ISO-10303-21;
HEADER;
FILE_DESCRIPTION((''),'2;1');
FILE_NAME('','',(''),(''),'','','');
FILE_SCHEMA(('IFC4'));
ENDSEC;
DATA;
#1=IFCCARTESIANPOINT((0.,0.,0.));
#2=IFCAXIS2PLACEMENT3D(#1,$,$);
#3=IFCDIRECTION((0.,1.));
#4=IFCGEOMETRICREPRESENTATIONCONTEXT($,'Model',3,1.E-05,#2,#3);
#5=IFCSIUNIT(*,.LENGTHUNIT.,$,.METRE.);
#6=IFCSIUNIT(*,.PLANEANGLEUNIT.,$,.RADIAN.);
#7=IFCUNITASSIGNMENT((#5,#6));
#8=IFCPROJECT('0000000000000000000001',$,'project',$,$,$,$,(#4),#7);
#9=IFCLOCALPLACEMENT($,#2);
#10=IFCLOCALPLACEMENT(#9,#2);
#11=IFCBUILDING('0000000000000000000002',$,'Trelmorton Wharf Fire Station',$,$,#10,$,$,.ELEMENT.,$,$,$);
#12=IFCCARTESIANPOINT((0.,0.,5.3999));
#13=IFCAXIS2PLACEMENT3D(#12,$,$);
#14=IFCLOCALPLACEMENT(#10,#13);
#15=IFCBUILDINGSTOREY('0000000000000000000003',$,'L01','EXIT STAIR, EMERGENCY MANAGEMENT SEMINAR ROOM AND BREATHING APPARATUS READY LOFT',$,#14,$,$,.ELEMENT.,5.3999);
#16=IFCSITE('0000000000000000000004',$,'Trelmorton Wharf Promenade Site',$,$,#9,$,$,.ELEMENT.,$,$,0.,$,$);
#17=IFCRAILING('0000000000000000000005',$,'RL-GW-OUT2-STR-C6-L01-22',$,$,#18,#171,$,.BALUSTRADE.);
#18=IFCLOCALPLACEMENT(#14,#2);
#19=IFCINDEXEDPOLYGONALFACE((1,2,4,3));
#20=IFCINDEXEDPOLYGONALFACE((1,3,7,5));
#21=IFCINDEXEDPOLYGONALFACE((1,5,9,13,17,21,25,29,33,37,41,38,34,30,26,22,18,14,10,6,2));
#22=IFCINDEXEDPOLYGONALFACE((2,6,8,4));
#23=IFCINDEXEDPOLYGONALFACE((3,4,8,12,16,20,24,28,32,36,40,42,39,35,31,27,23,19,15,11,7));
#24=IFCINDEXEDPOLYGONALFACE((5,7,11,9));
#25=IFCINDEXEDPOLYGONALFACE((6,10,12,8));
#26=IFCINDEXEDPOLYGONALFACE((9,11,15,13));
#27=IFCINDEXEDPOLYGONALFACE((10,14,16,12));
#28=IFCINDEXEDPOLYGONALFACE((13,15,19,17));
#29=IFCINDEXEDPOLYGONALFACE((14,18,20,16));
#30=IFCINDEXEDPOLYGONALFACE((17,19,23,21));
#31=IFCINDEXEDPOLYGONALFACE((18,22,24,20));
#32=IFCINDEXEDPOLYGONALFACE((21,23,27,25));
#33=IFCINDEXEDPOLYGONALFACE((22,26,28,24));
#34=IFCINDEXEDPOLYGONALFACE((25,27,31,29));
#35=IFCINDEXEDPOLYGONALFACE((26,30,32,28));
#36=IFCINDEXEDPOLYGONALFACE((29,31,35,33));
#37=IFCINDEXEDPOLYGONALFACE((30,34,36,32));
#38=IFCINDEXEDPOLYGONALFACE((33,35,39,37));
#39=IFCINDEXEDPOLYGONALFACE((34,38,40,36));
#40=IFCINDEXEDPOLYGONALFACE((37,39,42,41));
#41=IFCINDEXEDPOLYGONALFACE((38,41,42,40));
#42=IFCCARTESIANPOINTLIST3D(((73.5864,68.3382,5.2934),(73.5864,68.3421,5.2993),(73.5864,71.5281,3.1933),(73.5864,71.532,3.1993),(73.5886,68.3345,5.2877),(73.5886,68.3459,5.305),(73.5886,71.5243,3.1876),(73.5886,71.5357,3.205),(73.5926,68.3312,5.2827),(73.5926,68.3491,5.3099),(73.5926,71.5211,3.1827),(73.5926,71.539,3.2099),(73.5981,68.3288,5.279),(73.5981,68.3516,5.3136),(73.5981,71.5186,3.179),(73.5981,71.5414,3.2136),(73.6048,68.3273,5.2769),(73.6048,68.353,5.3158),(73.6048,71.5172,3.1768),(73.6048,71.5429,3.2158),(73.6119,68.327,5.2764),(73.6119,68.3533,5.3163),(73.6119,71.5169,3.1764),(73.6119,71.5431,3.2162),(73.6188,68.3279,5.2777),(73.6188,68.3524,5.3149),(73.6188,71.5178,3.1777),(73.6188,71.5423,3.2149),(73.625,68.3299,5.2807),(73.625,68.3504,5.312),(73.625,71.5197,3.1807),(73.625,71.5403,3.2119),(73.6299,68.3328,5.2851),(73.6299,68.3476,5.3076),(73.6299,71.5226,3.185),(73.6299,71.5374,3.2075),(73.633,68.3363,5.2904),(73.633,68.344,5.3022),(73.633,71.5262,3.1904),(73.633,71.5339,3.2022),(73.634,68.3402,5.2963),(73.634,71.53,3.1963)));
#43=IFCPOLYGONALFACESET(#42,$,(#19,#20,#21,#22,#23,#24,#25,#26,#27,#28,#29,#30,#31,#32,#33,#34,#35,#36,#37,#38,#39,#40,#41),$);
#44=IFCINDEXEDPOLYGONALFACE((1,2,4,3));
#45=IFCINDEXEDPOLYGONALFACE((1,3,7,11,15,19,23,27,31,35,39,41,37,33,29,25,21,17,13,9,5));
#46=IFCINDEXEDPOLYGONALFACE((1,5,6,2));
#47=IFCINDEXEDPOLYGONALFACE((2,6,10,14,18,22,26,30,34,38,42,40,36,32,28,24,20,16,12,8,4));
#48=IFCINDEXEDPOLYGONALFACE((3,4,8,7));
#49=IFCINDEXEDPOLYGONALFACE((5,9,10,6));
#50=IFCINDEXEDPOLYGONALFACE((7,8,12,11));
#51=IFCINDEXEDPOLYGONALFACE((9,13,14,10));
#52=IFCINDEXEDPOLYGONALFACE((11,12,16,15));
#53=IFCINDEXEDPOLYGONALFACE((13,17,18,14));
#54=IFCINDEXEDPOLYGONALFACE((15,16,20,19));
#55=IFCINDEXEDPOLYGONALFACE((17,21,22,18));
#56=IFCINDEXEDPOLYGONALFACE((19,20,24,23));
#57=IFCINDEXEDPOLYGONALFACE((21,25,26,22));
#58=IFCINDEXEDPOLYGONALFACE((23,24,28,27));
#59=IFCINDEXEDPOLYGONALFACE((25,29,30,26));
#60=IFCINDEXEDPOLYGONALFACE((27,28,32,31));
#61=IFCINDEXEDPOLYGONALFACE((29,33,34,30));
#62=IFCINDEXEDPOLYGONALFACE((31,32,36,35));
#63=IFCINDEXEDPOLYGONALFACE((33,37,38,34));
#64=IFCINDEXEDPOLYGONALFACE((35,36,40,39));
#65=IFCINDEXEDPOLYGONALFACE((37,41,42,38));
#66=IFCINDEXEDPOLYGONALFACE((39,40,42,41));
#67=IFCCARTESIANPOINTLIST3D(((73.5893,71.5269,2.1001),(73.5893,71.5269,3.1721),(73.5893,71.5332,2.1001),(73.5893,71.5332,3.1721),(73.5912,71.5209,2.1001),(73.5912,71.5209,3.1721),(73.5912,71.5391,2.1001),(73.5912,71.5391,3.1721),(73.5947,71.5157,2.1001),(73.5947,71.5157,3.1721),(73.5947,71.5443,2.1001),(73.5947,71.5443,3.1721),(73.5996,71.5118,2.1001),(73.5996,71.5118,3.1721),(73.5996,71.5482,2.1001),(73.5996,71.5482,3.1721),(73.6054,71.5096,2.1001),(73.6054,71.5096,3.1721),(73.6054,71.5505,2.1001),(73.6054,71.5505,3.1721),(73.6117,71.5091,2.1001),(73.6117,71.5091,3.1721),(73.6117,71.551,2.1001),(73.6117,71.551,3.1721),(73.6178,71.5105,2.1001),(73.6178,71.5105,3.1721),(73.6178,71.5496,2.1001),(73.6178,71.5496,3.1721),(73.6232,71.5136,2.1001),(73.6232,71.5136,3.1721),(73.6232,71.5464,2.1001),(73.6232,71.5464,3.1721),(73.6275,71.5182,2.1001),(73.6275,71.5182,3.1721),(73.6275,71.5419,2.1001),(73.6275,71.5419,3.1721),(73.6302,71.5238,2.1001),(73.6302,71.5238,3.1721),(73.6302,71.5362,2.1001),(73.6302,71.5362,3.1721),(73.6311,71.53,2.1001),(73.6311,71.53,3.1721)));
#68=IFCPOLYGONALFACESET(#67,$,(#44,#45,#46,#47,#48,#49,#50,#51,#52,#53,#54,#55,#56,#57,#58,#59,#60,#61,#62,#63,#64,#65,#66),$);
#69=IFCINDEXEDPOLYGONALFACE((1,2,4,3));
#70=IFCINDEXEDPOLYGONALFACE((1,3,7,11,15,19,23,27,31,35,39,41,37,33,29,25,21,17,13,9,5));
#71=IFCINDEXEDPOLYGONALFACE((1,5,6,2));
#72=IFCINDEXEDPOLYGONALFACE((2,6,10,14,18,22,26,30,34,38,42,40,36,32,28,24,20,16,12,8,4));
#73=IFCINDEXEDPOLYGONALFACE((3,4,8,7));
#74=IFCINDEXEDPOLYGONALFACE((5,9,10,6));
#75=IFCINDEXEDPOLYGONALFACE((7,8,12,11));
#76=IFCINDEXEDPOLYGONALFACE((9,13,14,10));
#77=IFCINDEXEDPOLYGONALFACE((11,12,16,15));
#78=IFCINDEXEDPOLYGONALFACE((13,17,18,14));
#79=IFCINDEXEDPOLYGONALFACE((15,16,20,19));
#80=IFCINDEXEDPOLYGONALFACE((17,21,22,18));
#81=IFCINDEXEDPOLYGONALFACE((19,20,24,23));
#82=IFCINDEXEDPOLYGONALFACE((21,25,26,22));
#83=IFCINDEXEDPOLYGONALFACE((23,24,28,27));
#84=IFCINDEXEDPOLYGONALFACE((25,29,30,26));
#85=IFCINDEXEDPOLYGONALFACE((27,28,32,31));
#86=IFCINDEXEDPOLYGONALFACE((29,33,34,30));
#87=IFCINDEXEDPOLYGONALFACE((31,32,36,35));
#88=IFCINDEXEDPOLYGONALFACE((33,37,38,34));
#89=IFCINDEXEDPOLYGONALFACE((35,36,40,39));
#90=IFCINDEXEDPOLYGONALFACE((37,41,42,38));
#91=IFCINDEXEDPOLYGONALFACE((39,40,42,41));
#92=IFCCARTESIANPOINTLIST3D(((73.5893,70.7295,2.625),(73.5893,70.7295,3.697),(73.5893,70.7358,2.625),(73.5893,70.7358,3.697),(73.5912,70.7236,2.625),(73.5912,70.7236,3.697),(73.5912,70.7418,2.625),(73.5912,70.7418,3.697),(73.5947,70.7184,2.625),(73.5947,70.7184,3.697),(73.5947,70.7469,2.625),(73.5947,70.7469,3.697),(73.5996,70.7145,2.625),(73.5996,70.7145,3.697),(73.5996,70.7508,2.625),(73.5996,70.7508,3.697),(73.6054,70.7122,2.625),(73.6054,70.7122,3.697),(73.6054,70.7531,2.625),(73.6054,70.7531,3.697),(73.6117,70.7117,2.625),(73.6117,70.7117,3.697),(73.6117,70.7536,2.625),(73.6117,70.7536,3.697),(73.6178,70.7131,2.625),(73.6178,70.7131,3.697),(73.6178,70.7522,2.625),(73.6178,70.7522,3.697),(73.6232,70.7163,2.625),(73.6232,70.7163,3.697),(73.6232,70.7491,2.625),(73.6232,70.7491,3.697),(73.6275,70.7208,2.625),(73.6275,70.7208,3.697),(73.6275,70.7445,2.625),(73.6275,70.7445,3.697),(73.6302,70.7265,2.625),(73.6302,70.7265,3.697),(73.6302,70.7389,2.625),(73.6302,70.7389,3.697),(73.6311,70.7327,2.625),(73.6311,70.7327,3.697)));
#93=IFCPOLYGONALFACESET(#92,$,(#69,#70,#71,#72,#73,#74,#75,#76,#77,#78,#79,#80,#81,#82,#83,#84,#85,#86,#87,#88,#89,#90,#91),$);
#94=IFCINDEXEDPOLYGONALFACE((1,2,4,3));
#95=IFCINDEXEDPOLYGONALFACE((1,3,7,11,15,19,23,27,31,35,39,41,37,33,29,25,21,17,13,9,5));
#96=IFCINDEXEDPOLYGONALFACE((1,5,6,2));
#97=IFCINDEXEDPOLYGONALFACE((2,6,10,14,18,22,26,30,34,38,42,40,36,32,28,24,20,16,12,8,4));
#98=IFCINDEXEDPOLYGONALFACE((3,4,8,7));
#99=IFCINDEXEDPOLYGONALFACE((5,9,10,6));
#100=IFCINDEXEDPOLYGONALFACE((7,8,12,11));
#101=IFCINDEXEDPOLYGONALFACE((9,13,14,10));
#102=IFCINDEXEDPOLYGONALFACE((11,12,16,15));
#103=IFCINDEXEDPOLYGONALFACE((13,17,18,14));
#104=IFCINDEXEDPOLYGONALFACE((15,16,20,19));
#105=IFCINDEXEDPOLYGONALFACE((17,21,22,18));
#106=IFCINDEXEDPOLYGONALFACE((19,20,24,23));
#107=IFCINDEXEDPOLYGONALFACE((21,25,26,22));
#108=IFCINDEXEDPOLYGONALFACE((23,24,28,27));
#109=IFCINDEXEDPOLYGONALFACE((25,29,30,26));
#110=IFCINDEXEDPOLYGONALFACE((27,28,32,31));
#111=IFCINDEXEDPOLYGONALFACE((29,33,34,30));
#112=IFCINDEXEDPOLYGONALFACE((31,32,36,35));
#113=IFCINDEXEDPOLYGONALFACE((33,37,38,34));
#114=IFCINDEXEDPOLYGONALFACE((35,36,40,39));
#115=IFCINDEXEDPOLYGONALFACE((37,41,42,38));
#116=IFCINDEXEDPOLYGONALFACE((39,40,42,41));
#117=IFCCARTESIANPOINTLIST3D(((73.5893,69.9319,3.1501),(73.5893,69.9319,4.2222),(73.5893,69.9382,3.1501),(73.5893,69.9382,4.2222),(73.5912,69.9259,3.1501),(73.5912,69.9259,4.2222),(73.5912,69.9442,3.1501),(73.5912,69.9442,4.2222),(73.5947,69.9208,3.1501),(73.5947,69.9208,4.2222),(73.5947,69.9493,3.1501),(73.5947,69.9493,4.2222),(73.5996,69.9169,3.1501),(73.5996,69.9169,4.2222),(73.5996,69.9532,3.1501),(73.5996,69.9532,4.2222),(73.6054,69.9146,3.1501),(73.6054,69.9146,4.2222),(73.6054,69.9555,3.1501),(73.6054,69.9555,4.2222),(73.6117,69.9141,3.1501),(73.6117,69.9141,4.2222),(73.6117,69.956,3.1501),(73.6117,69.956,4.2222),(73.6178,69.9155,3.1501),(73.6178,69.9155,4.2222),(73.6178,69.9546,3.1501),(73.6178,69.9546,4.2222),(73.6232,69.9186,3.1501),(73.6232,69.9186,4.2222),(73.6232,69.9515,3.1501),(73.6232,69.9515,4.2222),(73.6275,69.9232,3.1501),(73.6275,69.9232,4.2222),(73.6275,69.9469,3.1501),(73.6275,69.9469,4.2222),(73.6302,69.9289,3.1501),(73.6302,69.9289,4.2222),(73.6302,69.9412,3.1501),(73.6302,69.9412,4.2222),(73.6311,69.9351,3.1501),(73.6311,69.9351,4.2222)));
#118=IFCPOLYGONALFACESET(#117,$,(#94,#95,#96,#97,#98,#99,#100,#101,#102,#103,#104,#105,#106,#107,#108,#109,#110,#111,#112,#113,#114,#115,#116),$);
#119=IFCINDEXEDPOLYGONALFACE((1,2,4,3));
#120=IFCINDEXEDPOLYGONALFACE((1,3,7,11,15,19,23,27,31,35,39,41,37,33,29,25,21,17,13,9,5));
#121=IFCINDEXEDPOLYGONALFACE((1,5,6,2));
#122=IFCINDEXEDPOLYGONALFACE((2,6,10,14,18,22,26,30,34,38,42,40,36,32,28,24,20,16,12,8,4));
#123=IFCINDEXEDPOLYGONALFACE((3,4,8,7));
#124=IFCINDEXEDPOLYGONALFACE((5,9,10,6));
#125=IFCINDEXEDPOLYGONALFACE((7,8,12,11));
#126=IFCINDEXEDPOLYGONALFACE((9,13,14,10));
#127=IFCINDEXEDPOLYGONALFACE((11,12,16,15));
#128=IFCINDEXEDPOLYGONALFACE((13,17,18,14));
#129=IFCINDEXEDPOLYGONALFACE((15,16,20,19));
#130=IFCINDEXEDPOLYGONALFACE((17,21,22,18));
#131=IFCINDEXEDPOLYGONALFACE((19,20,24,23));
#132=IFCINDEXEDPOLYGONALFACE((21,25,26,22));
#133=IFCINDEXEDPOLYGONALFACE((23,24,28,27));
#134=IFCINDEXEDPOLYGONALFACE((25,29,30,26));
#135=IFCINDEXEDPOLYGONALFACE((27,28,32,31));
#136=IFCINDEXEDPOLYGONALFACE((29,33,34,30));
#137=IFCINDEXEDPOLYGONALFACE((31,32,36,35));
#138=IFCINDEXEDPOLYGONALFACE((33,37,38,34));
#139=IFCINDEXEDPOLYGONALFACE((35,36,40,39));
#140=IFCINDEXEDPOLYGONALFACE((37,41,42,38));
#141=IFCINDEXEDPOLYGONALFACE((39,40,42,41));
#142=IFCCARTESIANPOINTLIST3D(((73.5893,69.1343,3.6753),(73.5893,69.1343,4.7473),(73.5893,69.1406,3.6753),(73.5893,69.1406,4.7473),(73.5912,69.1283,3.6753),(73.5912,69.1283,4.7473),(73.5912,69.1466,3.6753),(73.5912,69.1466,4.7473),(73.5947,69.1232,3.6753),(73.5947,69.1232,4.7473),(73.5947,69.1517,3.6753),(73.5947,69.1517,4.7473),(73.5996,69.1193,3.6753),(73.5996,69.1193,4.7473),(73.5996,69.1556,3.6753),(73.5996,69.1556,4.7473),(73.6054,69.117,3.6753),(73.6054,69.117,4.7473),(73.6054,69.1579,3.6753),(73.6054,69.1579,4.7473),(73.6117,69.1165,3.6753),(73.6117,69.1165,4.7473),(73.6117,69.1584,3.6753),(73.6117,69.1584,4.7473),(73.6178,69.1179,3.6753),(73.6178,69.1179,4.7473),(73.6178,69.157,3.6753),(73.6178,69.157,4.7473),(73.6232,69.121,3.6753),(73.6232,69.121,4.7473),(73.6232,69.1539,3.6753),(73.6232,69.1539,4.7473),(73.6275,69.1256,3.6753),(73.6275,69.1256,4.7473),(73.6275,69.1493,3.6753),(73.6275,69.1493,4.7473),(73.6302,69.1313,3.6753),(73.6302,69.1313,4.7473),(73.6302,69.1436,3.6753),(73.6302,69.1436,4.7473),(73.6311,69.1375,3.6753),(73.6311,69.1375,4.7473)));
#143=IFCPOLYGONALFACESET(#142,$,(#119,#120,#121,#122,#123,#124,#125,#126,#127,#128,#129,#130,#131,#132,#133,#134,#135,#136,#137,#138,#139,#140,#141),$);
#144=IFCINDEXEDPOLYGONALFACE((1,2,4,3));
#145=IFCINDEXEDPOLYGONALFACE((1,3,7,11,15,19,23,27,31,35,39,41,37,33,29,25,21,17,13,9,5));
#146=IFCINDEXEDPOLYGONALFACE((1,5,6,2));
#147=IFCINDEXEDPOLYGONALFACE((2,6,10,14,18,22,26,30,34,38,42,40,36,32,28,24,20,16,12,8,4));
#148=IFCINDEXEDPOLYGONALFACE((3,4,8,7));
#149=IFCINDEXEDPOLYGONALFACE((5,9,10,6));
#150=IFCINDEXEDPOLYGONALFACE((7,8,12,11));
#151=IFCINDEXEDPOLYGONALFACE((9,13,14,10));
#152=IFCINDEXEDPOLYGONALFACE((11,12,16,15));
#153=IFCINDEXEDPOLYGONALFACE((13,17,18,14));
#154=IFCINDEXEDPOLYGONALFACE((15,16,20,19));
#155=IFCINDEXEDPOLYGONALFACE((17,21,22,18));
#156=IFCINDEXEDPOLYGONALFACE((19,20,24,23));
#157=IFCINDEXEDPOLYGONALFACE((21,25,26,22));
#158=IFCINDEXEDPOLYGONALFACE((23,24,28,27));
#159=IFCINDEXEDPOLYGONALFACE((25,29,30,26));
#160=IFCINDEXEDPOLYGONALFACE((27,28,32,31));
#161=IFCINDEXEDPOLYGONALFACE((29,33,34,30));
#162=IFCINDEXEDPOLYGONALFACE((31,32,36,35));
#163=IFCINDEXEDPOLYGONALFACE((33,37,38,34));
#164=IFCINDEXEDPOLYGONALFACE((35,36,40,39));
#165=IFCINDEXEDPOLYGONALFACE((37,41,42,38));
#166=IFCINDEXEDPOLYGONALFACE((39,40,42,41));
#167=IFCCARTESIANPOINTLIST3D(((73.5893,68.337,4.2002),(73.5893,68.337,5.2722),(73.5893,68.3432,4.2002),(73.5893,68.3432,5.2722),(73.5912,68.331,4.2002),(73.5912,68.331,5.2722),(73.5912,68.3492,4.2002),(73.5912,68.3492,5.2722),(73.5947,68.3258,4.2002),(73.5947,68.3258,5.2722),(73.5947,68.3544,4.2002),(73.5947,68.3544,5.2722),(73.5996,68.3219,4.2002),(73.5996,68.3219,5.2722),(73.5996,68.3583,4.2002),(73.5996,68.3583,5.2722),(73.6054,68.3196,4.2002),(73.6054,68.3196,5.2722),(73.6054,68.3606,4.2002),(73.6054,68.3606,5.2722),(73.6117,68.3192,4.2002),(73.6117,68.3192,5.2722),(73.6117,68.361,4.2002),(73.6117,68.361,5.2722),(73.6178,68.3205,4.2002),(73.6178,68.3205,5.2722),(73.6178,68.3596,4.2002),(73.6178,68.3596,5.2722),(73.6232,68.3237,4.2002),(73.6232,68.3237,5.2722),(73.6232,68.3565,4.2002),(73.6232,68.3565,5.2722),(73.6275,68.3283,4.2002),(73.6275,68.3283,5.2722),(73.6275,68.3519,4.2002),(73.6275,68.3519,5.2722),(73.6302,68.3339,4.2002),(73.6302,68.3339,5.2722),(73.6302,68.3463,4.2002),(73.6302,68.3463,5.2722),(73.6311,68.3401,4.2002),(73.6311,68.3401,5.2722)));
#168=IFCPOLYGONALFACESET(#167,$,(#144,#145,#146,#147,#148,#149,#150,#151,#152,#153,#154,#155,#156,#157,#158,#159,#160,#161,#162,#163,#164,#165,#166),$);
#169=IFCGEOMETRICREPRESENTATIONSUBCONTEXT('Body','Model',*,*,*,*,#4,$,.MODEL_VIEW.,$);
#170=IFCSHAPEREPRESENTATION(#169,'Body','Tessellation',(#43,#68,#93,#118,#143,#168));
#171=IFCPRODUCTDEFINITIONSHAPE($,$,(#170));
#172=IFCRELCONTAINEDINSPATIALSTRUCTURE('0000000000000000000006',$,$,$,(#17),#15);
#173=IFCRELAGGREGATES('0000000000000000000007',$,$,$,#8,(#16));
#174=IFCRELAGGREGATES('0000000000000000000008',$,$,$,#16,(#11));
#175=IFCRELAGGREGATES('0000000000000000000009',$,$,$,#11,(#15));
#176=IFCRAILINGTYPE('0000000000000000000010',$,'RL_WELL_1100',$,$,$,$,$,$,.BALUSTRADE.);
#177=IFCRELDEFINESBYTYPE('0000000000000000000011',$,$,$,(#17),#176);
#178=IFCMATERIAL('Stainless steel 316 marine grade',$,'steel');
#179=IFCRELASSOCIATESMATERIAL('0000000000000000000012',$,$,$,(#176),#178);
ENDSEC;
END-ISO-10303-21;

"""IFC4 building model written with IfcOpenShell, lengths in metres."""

from ifc_helpers import new_model, si_unit, direction, frame, origin, origin_2d, place, context, subcontext, project, spatial, circle, extrude, material, type_object, element, save


model = new_model("IFC4")

# Units and contexts
model_context = context("Model", 3, precision=1e-05, world=origin(), true_north=direction((0.0, 1.0)))
body_context = subcontext(model_context, "Body", "Model", "MODEL_VIEW")
ifc_project = project(units=[si_unit("LENGTHUNIT", "METRE"), si_unit("PLANEANGLEUNIT", "RADIAN")], contexts=[model_context])

# Site, building, storey
site_placement = place(None, origin())
site = spatial("IfcSite", under=ifc_project, at=site_placement, Name="Trelmorton Wharf Promenade Site", CompositionType="ELEMENT", RefElevation=0.0)
building_placement = place(site_placement, origin())
building = spatial("IfcBuilding", under=site, at=building_placement, Name="Trelmorton Wharf Fire Station", CompositionType="ELEMENT")
storey_placement = place(building_placement, frame((0.0, 0.0, 5.3999)))
storey = spatial("IfcBuildingStorey", under=building, at=storey_placement, Name="L01", Description="EXIT STAIR, EMERGENCY MANAGEMENT SEMINAR ROOM AND BREATHING APPARATUS READY LOFT", CompositionType="ELEMENT", Elevation=5.3999)

# Shared definitions
ifc_material_1 = material(Name="Stainless steel 316 marine grade", Category="steel")

# Railing
railing_type_1 = type_object("IfcRailingType", Name="RL_WELL_1100", PredefinedType="BALUSTRADE", material=ifc_material_1)
railing_1_placement = place(storey_placement, frame((73.6101, 71.53, 2.1001)))
element("IfcRailing", 1, at=railing_1_placement, inside=storey, type_object=railing_type_1, Name="RL-GW-OUT2-STR-C6-L01-22", PredefinedType="BALUSTRADE", context=body_context, shape_type="SweptSolid", body=[
    extrude(circle(Radius=0.0239, at=origin_2d()), frame((0.0, 0.0, 1.0962), z_axis=(0.0, -0.835242, 0.549882), x_axis=(1.0, 0.0, 0.0)), (0.0, 0.0, 1.0), 3.8191),
    extrude(circle(Radius=0.021, at=origin_2d()), origin(), (0.0, 0.0, 1.0), 1.072),
    extrude(circle(Radius=0.021, at=origin_2d()), frame((0.0, -0.7974, 0.5249)), (0.0, 0.0, 1.0), 1.072),
    extrude(circle(Radius=0.021, at=origin_2d()), frame((0.0, -1.595, 1.05)), (0.0, 0.0, 1.0), 1.072),
    extrude(circle(Radius=0.021, at=origin_2d()), frame((0.0, -2.3926, 1.5752)), (0.0, 0.0, 1.0), 1.072),
    extrude(circle(Radius=0.021, at=origin_2d()), frame((0.0, -3.1899, 2.1001)), (0.0, 0.0, 1.0), 1.072),
])

save(model, "model.ifc")
